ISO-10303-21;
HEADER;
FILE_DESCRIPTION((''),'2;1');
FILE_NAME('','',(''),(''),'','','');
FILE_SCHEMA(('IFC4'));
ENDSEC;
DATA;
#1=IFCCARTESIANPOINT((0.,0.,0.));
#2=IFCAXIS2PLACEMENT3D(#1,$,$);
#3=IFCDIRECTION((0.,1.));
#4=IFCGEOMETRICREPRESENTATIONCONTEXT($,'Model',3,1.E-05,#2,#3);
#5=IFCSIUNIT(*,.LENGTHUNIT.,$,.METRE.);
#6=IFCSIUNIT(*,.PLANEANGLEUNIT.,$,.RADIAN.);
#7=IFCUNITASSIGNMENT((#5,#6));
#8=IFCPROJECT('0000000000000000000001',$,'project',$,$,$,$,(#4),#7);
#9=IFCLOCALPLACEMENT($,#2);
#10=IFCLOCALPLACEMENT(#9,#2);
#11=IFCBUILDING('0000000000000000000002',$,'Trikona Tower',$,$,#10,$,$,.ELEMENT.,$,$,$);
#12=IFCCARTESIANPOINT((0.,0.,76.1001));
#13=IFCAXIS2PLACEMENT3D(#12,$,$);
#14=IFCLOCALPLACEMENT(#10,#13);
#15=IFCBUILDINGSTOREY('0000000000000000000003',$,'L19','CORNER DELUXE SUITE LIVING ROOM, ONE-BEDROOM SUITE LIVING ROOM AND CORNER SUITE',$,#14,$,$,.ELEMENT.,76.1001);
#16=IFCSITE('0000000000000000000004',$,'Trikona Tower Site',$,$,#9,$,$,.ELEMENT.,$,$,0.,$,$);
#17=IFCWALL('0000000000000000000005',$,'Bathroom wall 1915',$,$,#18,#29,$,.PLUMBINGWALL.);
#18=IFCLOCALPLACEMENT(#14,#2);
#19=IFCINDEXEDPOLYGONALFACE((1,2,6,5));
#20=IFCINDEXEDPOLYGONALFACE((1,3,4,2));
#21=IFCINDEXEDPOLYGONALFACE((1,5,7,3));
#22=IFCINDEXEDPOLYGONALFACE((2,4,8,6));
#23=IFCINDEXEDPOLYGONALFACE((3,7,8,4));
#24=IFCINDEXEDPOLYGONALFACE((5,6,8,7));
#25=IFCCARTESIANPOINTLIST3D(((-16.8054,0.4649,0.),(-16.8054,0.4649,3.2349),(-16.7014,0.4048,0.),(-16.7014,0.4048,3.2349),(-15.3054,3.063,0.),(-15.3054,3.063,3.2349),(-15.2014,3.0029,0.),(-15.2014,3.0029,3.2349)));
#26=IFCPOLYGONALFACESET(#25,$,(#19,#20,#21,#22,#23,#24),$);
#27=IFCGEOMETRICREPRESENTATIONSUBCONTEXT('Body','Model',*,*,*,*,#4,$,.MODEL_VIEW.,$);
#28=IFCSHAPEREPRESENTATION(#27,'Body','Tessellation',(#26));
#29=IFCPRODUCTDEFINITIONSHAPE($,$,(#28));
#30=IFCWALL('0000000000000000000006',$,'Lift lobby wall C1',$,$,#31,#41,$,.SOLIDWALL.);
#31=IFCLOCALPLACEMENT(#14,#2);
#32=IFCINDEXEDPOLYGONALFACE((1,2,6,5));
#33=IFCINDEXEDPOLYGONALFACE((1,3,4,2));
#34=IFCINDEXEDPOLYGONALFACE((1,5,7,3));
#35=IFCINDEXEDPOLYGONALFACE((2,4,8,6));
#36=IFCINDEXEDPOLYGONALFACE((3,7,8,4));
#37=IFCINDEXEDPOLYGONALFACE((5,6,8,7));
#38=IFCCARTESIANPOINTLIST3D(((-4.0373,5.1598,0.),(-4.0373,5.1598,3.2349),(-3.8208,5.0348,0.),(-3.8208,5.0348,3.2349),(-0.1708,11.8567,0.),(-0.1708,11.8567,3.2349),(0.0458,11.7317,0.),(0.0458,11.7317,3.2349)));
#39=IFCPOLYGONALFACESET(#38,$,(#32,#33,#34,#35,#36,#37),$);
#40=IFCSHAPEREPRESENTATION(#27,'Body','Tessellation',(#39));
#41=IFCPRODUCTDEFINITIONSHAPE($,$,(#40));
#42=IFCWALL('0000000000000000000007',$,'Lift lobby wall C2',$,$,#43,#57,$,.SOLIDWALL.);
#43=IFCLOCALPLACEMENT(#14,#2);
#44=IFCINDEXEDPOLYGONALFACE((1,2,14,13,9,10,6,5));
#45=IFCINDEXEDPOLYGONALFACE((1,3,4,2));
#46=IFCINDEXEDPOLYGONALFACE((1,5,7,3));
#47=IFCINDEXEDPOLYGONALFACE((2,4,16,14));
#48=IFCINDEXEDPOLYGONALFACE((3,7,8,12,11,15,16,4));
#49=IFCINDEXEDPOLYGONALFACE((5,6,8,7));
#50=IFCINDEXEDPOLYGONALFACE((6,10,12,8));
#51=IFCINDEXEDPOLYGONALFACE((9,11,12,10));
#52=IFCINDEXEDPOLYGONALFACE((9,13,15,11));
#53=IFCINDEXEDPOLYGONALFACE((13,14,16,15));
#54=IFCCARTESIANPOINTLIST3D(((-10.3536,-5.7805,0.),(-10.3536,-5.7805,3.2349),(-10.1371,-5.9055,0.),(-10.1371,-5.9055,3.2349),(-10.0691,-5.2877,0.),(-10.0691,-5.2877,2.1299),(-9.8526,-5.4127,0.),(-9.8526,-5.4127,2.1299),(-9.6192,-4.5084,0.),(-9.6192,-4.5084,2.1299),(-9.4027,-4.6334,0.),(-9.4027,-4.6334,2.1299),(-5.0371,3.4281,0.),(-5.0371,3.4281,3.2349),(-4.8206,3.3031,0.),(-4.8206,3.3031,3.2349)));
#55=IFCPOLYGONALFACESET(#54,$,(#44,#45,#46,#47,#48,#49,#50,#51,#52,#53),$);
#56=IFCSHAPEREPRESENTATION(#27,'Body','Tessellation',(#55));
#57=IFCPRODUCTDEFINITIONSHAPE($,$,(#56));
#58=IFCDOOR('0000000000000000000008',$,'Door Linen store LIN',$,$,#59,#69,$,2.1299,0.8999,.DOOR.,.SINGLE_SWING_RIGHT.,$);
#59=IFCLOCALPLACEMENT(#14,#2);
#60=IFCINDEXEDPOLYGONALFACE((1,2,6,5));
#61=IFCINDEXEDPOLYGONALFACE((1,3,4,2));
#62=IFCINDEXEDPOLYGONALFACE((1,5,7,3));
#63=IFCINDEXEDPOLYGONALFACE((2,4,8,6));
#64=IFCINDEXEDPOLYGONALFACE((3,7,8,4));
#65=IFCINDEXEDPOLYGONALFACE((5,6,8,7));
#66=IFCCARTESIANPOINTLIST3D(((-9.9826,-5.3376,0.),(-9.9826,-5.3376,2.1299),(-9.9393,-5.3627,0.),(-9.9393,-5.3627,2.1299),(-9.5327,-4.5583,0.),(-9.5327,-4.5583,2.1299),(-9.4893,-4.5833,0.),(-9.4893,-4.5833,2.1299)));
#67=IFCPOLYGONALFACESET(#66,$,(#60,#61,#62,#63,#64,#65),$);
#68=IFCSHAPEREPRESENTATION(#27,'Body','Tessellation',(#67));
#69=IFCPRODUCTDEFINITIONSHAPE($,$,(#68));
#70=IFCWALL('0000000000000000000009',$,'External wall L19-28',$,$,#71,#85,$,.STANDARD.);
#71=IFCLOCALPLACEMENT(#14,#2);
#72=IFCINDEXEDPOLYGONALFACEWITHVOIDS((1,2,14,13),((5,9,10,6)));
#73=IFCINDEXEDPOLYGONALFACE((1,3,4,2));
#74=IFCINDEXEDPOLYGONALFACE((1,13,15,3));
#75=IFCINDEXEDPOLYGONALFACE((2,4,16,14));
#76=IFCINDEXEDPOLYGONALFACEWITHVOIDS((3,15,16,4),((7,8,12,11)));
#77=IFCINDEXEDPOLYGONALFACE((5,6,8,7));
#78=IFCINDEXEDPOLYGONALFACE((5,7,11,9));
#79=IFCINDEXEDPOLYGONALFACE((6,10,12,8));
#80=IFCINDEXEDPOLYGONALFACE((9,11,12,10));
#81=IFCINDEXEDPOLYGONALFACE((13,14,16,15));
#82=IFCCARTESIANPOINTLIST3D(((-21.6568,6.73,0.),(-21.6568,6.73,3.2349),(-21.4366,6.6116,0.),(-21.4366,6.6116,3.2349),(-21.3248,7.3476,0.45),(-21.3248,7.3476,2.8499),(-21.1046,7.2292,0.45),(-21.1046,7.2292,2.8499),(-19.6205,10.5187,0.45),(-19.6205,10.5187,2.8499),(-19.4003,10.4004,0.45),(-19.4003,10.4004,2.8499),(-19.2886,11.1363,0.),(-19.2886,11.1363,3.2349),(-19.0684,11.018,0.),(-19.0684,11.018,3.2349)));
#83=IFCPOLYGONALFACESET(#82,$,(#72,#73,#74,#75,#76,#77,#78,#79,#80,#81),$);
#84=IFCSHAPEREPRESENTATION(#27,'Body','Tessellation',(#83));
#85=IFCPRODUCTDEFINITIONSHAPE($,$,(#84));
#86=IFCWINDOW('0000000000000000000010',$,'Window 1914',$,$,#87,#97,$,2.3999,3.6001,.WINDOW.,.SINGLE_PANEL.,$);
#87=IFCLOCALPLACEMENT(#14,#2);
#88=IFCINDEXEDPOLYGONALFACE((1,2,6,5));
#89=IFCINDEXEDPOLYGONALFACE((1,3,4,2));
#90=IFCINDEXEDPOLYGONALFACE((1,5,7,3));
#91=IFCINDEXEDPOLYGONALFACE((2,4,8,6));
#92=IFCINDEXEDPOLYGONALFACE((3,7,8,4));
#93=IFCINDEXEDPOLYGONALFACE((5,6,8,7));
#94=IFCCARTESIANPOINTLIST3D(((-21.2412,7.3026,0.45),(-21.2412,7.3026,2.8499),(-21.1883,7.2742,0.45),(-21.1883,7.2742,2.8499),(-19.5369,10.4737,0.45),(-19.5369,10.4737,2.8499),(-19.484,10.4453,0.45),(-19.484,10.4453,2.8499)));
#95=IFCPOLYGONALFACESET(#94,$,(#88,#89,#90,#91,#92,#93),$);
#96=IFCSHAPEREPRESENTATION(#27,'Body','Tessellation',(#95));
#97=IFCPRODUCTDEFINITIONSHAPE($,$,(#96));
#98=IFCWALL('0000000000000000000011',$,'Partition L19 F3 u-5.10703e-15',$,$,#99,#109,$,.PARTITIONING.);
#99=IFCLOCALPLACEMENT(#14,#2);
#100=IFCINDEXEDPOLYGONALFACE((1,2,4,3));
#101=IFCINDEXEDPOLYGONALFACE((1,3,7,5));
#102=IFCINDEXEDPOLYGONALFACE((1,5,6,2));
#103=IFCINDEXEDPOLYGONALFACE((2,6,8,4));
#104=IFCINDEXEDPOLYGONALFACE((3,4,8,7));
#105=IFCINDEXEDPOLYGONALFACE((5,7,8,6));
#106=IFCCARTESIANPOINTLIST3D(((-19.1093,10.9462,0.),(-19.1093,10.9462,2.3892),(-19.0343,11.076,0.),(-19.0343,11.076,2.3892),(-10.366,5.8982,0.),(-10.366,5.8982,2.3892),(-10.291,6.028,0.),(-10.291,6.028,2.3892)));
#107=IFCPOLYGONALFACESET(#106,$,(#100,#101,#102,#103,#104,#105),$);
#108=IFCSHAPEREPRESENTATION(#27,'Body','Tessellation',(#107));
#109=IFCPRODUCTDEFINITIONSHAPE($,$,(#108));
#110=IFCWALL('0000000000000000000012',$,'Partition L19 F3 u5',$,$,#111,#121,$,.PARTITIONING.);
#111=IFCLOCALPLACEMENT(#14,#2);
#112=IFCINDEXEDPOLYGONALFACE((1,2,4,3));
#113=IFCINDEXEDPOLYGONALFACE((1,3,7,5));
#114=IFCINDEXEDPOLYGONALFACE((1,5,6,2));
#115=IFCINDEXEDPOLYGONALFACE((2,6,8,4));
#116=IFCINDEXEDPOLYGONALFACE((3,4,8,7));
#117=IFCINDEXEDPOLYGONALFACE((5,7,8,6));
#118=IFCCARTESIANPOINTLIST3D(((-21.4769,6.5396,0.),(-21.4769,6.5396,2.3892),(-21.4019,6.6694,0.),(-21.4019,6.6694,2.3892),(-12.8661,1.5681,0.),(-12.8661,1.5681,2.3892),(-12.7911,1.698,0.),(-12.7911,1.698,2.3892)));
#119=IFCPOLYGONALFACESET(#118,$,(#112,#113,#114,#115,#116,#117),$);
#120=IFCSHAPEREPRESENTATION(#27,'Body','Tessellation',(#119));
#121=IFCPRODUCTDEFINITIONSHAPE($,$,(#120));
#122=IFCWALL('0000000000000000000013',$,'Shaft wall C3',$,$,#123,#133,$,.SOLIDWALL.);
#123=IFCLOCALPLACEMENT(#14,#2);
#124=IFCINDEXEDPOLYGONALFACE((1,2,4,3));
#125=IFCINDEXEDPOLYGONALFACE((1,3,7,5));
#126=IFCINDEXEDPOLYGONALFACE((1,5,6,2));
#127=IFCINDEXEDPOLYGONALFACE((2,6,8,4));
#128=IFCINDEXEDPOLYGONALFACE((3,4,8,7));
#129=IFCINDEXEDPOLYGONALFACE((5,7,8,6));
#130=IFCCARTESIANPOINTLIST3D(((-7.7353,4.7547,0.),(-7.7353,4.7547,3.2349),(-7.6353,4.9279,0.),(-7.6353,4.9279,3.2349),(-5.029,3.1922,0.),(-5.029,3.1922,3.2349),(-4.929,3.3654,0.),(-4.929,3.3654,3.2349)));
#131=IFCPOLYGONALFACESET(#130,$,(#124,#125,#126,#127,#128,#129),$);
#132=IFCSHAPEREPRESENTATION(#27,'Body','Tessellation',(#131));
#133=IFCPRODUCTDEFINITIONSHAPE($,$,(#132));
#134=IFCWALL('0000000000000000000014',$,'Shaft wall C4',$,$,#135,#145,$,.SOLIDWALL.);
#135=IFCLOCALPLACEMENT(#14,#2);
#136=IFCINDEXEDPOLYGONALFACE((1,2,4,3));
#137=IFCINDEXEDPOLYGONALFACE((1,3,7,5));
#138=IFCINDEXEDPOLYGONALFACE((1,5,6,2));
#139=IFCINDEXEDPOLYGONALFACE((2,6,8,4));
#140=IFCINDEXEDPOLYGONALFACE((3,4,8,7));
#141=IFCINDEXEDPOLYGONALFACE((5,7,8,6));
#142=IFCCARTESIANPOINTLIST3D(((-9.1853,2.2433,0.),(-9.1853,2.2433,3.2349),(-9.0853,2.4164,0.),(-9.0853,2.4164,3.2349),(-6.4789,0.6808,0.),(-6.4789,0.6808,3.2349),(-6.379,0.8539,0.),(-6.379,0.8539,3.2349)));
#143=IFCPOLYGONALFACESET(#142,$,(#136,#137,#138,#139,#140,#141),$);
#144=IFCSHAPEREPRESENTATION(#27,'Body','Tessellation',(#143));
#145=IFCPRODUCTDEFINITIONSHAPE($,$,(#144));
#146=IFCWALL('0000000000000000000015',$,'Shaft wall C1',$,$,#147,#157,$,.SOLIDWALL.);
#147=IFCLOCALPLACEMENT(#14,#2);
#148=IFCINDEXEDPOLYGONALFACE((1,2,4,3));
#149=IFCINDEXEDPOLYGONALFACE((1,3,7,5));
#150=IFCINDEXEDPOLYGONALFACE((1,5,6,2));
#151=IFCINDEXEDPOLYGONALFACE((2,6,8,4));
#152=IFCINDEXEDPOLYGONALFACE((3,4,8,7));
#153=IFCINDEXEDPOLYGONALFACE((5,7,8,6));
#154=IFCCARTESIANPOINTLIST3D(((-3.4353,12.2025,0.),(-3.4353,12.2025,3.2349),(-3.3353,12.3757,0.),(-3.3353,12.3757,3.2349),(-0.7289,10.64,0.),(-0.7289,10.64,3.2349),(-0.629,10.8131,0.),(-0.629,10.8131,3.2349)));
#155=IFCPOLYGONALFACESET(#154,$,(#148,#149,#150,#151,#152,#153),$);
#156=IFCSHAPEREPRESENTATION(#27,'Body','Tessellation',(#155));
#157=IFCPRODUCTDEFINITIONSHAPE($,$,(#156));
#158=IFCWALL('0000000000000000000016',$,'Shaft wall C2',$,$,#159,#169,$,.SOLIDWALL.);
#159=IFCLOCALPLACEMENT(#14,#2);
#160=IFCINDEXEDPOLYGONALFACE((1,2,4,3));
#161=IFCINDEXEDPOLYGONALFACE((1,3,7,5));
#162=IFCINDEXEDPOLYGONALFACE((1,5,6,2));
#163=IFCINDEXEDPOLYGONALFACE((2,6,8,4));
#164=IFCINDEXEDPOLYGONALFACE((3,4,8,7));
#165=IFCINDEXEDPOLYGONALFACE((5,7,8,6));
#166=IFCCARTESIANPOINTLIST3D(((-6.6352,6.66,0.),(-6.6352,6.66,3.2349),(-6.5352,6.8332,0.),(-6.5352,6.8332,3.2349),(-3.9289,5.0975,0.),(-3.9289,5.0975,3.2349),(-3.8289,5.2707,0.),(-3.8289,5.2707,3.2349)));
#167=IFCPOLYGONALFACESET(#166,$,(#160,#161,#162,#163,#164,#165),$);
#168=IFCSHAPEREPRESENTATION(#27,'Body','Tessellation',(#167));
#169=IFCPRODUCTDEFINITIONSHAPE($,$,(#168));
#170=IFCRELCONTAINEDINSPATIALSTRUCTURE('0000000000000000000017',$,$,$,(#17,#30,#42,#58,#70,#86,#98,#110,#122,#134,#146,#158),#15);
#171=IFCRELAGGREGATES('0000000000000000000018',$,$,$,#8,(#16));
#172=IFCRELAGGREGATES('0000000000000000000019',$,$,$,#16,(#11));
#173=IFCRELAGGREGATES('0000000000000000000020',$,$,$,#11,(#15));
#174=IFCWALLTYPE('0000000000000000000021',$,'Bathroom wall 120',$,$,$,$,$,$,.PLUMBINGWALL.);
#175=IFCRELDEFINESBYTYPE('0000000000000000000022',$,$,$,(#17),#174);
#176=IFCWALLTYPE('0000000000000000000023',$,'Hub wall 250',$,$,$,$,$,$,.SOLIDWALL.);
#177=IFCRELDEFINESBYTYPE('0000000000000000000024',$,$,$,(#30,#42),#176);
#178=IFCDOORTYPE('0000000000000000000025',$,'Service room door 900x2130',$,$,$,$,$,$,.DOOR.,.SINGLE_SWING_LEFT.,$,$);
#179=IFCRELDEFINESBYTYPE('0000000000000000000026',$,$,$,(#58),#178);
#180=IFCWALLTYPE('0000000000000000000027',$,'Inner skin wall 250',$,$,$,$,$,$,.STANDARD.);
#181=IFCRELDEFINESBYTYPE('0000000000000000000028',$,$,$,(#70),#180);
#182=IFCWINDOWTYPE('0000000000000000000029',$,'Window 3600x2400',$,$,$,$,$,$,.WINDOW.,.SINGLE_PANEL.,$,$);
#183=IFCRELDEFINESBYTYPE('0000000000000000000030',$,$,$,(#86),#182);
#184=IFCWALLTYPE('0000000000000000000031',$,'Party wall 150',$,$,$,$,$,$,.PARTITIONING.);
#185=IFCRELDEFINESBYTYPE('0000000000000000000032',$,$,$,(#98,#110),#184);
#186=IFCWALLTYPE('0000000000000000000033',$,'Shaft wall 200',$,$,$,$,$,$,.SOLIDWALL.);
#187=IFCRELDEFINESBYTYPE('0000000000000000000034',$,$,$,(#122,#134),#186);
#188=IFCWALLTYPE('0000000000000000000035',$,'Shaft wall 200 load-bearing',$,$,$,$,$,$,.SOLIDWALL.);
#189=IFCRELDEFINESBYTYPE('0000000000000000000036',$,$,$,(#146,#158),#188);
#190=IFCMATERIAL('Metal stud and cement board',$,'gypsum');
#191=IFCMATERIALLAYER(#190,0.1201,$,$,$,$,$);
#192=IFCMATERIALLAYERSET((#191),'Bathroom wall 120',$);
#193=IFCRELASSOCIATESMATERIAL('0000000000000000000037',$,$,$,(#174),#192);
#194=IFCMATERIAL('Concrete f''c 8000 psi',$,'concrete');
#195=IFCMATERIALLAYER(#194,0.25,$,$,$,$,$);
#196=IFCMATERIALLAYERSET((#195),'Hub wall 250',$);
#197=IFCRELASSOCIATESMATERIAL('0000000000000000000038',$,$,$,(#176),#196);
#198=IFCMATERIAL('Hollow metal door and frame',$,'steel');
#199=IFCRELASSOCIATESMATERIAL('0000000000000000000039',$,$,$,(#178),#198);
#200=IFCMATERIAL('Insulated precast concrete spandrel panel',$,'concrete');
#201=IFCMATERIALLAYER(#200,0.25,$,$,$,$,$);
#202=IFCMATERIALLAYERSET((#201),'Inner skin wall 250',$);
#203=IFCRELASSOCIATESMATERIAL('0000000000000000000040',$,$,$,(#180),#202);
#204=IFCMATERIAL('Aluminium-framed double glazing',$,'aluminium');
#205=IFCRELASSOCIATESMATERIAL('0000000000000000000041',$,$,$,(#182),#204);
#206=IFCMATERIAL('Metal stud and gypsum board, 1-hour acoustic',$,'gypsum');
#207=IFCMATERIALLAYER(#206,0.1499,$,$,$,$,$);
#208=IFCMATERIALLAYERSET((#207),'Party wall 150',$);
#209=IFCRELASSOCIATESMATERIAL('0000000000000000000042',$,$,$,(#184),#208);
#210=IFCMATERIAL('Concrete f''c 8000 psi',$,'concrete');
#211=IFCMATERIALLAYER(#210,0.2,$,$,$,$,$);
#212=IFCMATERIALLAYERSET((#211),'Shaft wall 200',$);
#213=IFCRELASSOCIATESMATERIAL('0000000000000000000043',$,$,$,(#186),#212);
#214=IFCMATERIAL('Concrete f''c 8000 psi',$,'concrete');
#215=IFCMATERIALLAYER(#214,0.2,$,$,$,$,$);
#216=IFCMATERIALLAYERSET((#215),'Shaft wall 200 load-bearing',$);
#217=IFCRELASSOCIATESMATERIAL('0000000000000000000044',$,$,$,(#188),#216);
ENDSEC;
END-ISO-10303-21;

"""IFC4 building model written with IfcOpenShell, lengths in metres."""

from ifc_helpers import new_model, si_unit, direction, frame, frame_2d, origin, place, context, subcontext, project, spatial, rectangle, extrude, material, layer, layer_set, type_object, element, fill, save


model = new_model("IFC4")

# Units and contexts
model_context = context("Model", 3, precision=1e-05, world=origin(), true_north=direction((0.0, 1.0)))
body_context = subcontext(model_context, "Body", "Model", "MODEL_VIEW")
ifc_project = project(units=[si_unit("LENGTHUNIT", "METRE"), si_unit("PLANEANGLEUNIT", "RADIAN")], contexts=[model_context])

# Site, building, storey
site_placement = place(None, origin())
site = spatial("IfcSite", under=ifc_project, at=site_placement, Name="Trikona Tower Site", CompositionType="ELEMENT", RefElevation=0.0)
building_placement = place(site_placement, origin())
building = spatial("IfcBuilding", under=site, at=building_placement, Name="Trikona Tower", CompositionType="ELEMENT")
storey_placement = place(building_placement, frame((0.0, 0.0, 76.1001)))
storey = spatial("IfcBuildingStorey", under=building, at=storey_placement, Name="L19", Description="CORNER DELUXE SUITE LIVING ROOM, ONE-BEDROOM SUITE LIVING ROOM AND CORNER SUITE", CompositionType="ELEMENT", Elevation=76.1001)

# Shared definitions
ifc_material_1 = material(Name="Metal stud and cement board", Category="gypsum")
ifc_layer_1 = layer(ifc_material_1, 0.1201)
ifc_layer_set_1 = layer_set([ifc_layer_1], Name="Bathroom wall 120")
wall_type_1 = type_object("IfcWallType", Name="Bathroom wall 120", PredefinedType="PLUMBINGWALL", material=ifc_layer_set_1)

# Walls
wall_1_placement = place(storey_placement, frame((-15.2534, 3.033, 0.0), z_axis=(0.0, 0.0, 1.0), x_axis=(-0.49999, -0.866031, 0.0)))
element("IfcWall", 1, at=wall_1_placement, inside=storey, type_object=wall_type_1, Name="Bathroom wall 1915", PredefinedType="PLUMBINGWALL", context=body_context, shape_type="SweptSolid", body=[
    extrude(rectangle(XDim=3.0, YDim=0.1201, at=frame_2d((1.5, 0.0))), origin(), (0.0, 0.0, 1.0), 3.2349),
])
ifc_material_2 = material(Name="Concrete f'c 8000 psi", Category="concrete")
ifc_layer_2 = layer(ifc_material_2, 0.25)
ifc_layer_set_2 = layer_set([ifc_layer_2], Name="Hub wall 250")
wall_type_2 = type_object("IfcWallType", Name="Hub wall 250", PredefinedType="SOLIDWALL", material=ifc_layer_set_2)
wall_2_placement = place(storey_placement, frame((-0.0625, 11.7942, 0.0), z_axis=(0.0, 0.0, 1.0), x_axis=(-0.500007, -0.866022, 0.0)))
element("IfcWall", 2, at=wall_2_placement, inside=storey, type_object=wall_type_2, Name="Lift lobby wall C1", PredefinedType="SOLIDWALL", context=body_context, shape_type="SweptSolid", body=[
    extrude(rectangle(XDim=7.7329, YDim=0.25, at=frame_2d((3.8665, 0.0))), origin(), (0.0, 0.0, 1.0), 3.2349),
])

# Wall, opening, door
wall_3_placement = place(storey_placement, frame((-4.929, 3.3655, 0.0), z_axis=(0.0, 0.0, 1.0), x_axis=(-0.499991, -0.86603, 0.0)))
wall_3 = element("IfcWall", 3, at=wall_3_placement, inside=storey, type_object=wall_type_2, Name="Lift lobby wall C2", PredefinedType="SOLIDWALL", context=body_context, shape_type="SweptSolid", body=[
    extrude(rectangle(XDim=10.6331, YDim=0.25, at=frame_2d((5.3164, 0.0))), origin(), (0.0, 0.0, 1.0), 3.2349),
])
opening_1_placement = place(wall_3_placement, frame((9.1641, 0.0, 0.0)))
opening_1 = element("IfcOpeningElement", 4, at=opening_1_placement, cuts=wall_3, PredefinedType="OPENING", context=body_context, shape_type="SweptSolid", body=[
    extrude(rectangle(XDim=0.8999, YDim=2.1299, at=frame_2d((0.45, 1.0649))), frame((0.0, 0.135, 0.0), z_axis=(0.0, -1.0, 0.0), x_axis=(1.0, 0.0, 0.0)), (0.0, 0.0, 1.0), 0.27),
])
ifc_material_3 = material(Name="Hollow metal door and frame", Category="steel")
door_type_1 = type_object("IfcDoorType", Name="Service room door 900x2130", OperationType="SINGLE_SWING_LEFT", PredefinedType="DOOR", material=ifc_material_3)
door_1_placement = place(opening_1_placement, origin())
door_1 = element("IfcDoor", 5, at=door_1_placement, inside=storey, type_object=door_type_1, Name="Door Linen store LIN", OperationType="SINGLE_SWING_RIGHT", OverallHeight=2.1299, OverallWidth=0.8999, PredefinedType="DOOR", context=body_context, shape_type="SweptSolid", body=[
    extrude(rectangle(XDim=0.8999, YDim=2.1299, at=frame_2d((0.45, 1.0649))), frame((0.0, 0.0249, 0.0), z_axis=(0.0, -1.0, 0.0), x_axis=(1.0, 0.0, 0.0)), (0.0, 0.0, 1.0), 0.05),
])
fill(opening_1, door_1)

# Wall, opening, window
ifc_material_4 = material(Name="Insulated precast concrete spandrel panel", Category="concrete")
ifc_layer_3 = layer(ifc_material_4, 0.25)
ifc_layer_set_3 = layer_set([ifc_layer_3], Name="Inner skin wall 250")
wall_type_3 = type_object("IfcWallType", Name="Inner skin wall 250", PredefinedType="STANDARD", material=ifc_layer_set_3)
wall_4_placement = place(storey_placement, frame((-19.1785, 11.0771, 0.0), z_axis=(0.0, 0.0, 1.0), x_axis=(-0.473413, -0.880841, 0.0)))
wall_4 = element("IfcWall", 6, at=wall_4_placement, inside=storey, type_object=wall_type_3, Name="External wall L19-28", PredefinedType="STANDARD", context=body_context, shape_type="SweptSolid", body=[
    extrude(rectangle(XDim=5.0024, YDim=0.25, at=frame_2d((2.5012, 0.0))), origin(), (0.0, 0.0, 1.0), 3.2349),
])
opening_2_placement = place(wall_4_placement, frame((0.7012, 0.0, 0.45)))
opening_2 = element("IfcOpeningElement", 7, at=opening_2_placement, cuts=wall_4, PredefinedType="OPENING", context=body_context, shape_type="SweptSolid", body=[
    extrude(rectangle(XDim=3.6001, YDim=2.3999, at=frame_2d((1.8, 1.2))), frame((0.0, 0.135, 0.0), z_axis=(0.0, -1.0, 0.0), x_axis=(1.0, 0.0, 0.0)), (0.0, 0.0, 1.0), 0.27),
])
ifc_material_5 = material(Name="Aluminium-framed double glazing", Category="aluminium")
window_type = type_object("IfcWindowType", Name="Window 3600x2400", PartitioningType="SINGLE_PANEL", PredefinedType="WINDOW", material=ifc_material_5)
window_placement = place(opening_2_placement, origin())
window = element("IfcWindow", 8, at=window_placement, inside=storey, type_object=window_type, Name="Window 1914", OverallHeight=2.3999, OverallWidth=3.6001, PartitioningType="SINGLE_PANEL", PredefinedType="WINDOW", context=body_context, shape_type="SweptSolid", body=[
    extrude(rectangle(XDim=3.6001, YDim=2.3999, at=frame_2d((1.8, 1.2))), frame((0.0, 0.03, 0.0), z_axis=(0.0, -1.0, 0.0), x_axis=(1.0, 0.0, 0.0)), (0.0, 0.0, 1.0), 0.0601),
])
fill(opening_2, window)

# Walls
ifc_material_6 = material(Name="Metal stud and gypsum board, 1-hour acoustic", Category="gypsum")
ifc_layer_4 = layer(ifc_material_6, 0.1499)
ifc_layer_set_4 = layer_set([ifc_layer_4], Name="Party wall 150")
wall_type_4 = type_object("IfcWallType", Name="Party wall 150", PredefinedType="PARTITIONING", material=ifc_layer_set_4)
wall_5_placement = place(storey_placement, frame((-10.3286, 5.9631, 0.0), z_axis=(0.0, 0.0, 1.0), x_axis=(-0.866022, 0.500006, 0.0)))
element("IfcWall", 9, at=wall_5_placement, inside=storey, type_object=wall_type_4, Name="Partition L19 F3 u-5.10703e-15", PredefinedType="PARTITIONING", context=body_context, shape_type="SweptSolid", body=[
    extrude(rectangle(XDim=10.0959, YDim=0.1499, at=frame_2d((5.0479, 0.0))), origin(), (0.0, 0.0, 1.0), 2.3892),
])
wall_6_placement = place(storey_placement, frame((-12.8286, 1.6331, 0.0), z_axis=(0.0, 0.0, 1.0), x_axis=(-0.866027, 0.499997, 0.0)))
element("IfcWall", 10, at=wall_6_placement, inside=storey, type_object=wall_type_4, Name="Partition L19 F3 u5", PredefinedType="PARTITIONING", context=body_context, shape_type="SweptSolid", body=[
    extrude(rectangle(XDim=9.9429, YDim=0.1499, at=frame_2d((4.9714, 0.0))), origin(), (0.0, 0.0, 1.0), 2.3892),
])
ifc_material_7 = material(Name="Concrete f'c 8000 psi", Category="concrete")
ifc_layer_5 = layer(ifc_material_7, 0.2)
ifc_layer_set_5 = layer_set([ifc_layer_5], Name="Shaft wall 200")
wall_type_5 = type_object("IfcWallType", Name="Shaft wall 200", PredefinedType="SOLIDWALL", material=ifc_layer_set_5)
for number, where, z_axis, x_axis, name in (
    (11, (-4.979, 3.2788, 0.0), (0.0, 0.0, 1.0), (-0.866023, 0.500004, 0.0), "Shaft wall C3"),
    (12, (-6.429, 0.7673, 0.0), (0.0, 0.0, 1.0), (-0.866023, 0.500004, 0.0), "Shaft wall C4"),
):
    element("IfcWall", number, at=place(storey_placement, frame(where, z_axis=z_axis, x_axis=x_axis)), inside=storey, type_object=wall_type_5, Name=name, PredefinedType="SOLIDWALL", context=body_context, shape_type="SweptSolid", body=[
        extrude(rectangle(XDim=3.125, YDim=0.2, at=frame_2d((1.5625, 0.0))), origin(), (0.0, 0.0, 1.0), 3.2349),
    ])
ifc_material_8 = material(Name="Concrete f'c 8000 psi", Category="concrete")
ifc_layer_6 = layer(ifc_material_8, 0.2)
ifc_layer_set_6 = layer_set([ifc_layer_6], Name="Shaft wall 200 load-bearing")
wall_type_6 = type_object("IfcWallType", Name="Shaft wall 200 load-bearing", PredefinedType="SOLIDWALL", material=ifc_layer_set_6)
for number, where, z_axis, x_axis, name in (
    (13, (-0.679, 10.7266, 0.0), (0.0, 0.0, 1.0), (-0.866023, 0.500004, 0.0), "Shaft wall C1"),
    (14, (-3.8789, 5.1841, 0.0), (0.0, 0.0, 1.0), (-0.866023, 0.500004, 0.0), "Shaft wall C2"),
):
    element("IfcWall", number, at=place(storey_placement, frame(where, z_axis=z_axis, x_axis=x_axis)), inside=storey, type_object=wall_type_6, Name=name, PredefinedType="SOLIDWALL", context=body_context, shape_type="SweptSolid", body=[
        extrude(rectangle(XDim=3.125, YDim=0.2, at=frame_2d((1.5625, 0.0))), origin(), (0.0, 0.0, 1.0), 3.2349),
    ])

save(model, "model.ifc")
